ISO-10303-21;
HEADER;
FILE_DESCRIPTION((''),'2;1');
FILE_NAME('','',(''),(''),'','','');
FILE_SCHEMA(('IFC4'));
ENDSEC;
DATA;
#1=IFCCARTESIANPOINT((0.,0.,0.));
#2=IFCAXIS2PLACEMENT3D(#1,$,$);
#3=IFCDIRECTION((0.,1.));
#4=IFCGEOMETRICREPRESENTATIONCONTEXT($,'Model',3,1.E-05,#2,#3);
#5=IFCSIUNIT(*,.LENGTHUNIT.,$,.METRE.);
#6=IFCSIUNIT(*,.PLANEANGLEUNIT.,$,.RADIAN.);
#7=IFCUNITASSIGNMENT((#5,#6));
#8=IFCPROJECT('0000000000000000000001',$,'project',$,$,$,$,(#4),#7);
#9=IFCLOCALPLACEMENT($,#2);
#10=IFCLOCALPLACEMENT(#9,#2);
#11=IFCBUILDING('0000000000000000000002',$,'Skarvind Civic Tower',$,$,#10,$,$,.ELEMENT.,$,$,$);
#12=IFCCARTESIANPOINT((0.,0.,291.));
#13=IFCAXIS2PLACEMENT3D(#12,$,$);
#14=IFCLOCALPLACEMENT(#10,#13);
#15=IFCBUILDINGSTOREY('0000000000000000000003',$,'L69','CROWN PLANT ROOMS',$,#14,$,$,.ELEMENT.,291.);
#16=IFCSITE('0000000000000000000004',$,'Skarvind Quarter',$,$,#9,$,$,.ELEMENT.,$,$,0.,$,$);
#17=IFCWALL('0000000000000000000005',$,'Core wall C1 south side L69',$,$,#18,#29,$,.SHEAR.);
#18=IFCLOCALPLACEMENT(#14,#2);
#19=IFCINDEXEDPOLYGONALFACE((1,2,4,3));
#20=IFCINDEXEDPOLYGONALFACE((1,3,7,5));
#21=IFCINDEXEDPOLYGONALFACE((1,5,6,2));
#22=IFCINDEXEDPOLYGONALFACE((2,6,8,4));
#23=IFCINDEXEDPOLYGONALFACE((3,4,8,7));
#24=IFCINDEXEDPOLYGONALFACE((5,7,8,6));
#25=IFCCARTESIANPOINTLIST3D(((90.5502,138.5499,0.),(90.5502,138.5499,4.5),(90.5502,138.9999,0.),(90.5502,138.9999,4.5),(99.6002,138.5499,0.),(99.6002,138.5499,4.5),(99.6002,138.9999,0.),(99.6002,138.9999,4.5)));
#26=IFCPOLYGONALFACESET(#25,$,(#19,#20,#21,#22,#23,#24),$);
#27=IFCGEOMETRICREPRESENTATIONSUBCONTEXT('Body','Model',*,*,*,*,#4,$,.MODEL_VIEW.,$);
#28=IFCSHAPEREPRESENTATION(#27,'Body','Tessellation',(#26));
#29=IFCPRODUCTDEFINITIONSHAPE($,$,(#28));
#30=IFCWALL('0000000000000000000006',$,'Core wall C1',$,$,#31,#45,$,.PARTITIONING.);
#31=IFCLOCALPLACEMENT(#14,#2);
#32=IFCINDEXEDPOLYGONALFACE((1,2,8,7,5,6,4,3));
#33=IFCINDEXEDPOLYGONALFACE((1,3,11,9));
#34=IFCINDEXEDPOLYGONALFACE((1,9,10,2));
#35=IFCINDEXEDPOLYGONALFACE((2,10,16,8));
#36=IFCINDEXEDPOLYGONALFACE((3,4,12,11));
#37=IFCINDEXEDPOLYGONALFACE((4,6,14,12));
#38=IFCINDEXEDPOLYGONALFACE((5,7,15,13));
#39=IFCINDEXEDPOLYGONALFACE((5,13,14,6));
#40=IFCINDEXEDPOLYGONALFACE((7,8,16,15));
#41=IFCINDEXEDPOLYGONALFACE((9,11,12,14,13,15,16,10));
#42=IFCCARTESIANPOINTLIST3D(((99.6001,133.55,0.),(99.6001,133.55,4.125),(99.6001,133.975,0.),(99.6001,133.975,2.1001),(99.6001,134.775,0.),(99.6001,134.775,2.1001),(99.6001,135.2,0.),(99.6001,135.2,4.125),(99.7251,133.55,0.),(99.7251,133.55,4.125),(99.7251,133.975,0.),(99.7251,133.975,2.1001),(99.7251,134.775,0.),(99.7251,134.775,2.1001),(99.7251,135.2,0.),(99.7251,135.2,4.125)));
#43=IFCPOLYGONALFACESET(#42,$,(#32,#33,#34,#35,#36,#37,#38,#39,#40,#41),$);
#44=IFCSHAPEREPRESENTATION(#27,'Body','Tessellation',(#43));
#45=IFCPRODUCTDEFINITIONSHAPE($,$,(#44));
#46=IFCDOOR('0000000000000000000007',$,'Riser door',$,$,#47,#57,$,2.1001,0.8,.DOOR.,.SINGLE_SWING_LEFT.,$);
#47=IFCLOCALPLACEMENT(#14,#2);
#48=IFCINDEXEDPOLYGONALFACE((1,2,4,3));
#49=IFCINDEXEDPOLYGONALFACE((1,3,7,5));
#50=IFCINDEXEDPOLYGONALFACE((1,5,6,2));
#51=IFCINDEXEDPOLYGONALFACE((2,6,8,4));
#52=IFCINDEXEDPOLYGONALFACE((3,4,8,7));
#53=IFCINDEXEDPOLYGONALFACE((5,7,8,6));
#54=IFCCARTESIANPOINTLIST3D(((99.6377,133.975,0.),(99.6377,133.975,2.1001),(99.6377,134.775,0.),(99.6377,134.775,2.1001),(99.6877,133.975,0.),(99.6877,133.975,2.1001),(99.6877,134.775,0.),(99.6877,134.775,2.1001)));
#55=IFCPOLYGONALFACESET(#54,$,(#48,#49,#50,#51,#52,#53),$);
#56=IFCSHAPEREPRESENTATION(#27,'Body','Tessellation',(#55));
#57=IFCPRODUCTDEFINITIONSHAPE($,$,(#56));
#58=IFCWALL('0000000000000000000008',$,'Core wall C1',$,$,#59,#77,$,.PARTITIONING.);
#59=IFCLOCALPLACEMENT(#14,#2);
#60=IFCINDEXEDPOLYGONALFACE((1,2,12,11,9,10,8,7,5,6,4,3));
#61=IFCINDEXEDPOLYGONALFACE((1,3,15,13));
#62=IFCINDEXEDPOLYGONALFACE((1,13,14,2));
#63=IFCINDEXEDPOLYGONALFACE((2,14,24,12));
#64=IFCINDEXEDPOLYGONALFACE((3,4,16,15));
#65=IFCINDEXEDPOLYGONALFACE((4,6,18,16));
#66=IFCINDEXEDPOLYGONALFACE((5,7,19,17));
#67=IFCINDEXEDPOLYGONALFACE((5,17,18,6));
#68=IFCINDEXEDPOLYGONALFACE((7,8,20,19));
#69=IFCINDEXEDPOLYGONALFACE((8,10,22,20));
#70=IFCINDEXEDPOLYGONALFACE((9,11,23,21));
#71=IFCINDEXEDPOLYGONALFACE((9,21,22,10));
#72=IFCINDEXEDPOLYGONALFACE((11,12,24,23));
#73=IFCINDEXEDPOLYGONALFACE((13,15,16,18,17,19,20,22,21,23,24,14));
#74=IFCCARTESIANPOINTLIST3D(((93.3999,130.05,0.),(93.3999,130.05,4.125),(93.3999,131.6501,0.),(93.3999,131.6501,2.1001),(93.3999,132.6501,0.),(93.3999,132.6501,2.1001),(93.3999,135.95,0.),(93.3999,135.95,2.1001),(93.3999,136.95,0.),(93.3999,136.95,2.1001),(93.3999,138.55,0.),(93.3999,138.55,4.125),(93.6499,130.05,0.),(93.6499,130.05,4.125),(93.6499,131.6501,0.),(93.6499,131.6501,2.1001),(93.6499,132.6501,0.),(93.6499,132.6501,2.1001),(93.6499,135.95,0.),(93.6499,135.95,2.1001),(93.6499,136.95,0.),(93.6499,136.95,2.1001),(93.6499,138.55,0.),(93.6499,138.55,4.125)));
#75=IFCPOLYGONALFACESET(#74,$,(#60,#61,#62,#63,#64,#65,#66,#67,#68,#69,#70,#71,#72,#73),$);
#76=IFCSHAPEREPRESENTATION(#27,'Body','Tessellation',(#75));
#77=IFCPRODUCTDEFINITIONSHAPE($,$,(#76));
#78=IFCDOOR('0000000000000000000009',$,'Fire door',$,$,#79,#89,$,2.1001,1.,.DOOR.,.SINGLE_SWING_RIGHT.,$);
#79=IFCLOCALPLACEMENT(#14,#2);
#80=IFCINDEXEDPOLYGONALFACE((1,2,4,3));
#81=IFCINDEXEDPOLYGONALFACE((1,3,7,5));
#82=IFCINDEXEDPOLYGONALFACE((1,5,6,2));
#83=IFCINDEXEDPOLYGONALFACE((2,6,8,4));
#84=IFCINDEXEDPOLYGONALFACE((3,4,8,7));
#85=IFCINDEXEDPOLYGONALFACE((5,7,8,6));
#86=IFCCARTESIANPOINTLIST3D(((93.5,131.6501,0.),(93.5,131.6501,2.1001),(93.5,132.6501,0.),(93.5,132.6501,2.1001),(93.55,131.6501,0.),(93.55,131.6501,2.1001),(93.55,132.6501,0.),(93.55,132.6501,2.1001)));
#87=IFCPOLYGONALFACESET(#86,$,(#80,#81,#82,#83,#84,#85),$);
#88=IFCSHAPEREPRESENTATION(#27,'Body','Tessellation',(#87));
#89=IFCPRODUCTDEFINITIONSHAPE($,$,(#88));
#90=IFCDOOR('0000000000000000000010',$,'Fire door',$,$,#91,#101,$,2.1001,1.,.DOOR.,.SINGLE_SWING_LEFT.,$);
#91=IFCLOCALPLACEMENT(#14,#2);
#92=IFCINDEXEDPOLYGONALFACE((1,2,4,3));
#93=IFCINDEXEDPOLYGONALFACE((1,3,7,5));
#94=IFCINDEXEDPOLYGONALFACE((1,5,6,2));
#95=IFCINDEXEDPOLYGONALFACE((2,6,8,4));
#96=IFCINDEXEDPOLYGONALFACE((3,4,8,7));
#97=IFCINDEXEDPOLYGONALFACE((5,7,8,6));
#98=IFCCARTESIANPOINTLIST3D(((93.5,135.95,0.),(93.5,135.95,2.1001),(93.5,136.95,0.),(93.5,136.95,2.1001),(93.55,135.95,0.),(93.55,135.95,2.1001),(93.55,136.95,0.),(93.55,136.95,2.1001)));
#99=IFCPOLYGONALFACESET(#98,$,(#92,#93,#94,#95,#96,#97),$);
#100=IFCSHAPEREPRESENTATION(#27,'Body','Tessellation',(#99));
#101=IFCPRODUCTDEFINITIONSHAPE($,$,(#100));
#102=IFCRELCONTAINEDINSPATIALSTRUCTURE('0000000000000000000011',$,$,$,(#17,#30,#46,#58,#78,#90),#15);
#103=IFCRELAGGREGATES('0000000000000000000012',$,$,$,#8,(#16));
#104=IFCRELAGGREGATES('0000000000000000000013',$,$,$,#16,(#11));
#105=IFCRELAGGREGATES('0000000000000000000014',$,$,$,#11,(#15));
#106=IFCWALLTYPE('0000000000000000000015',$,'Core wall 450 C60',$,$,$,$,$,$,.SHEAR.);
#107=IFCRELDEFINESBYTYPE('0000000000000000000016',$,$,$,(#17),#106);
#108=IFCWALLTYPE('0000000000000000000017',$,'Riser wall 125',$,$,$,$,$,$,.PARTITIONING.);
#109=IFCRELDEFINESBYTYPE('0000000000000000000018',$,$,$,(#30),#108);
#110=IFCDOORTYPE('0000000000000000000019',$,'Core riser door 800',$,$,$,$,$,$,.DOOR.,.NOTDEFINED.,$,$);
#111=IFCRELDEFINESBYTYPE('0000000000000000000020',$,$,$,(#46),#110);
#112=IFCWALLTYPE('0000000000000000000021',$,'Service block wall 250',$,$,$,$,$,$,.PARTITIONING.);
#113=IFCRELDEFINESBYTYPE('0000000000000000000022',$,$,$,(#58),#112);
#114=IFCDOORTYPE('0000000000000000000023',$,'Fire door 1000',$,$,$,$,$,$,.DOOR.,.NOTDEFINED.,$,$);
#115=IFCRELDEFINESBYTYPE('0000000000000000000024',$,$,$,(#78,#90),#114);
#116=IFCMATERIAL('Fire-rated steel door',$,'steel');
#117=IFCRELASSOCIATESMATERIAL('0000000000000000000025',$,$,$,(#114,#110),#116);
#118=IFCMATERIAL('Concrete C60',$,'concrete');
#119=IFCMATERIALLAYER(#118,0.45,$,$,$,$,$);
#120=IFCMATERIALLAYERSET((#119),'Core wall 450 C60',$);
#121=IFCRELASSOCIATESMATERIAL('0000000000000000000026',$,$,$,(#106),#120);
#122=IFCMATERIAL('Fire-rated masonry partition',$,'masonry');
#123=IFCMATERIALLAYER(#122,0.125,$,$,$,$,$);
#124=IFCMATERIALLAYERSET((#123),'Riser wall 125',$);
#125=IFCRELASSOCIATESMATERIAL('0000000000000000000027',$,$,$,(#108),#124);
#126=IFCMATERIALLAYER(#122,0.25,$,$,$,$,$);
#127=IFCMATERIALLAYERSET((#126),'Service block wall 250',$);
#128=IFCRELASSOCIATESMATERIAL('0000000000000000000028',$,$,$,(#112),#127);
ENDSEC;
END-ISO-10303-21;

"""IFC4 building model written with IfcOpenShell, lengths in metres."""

from ifc_helpers import new_model, si_unit, direction, frame, frame_2d, origin, place, context, subcontext, project, spatial, rectangle, extrude, material, layer, layer_set, type_object, element, fill, save


model = new_model("IFC4")

# Units and contexts
model_context = context("Model", 3, precision=1e-05, world=origin(), true_north=direction((0.0, 1.0)))
body_context = subcontext(model_context, "Body", "Model", "MODEL_VIEW")
ifc_project = project(units=[si_unit("LENGTHUNIT", "METRE"), si_unit("PLANEANGLEUNIT", "RADIAN")], contexts=[model_context])

# Site, building, storey
site_placement = place(None, origin())
site = spatial("IfcSite", under=ifc_project, at=site_placement, Name="Skarvind Quarter", CompositionType="ELEMENT", RefElevation=0.0)
building_placement = place(site_placement, origin())
building = spatial("IfcBuilding", under=site, at=building_placement, Name="Skarvind Civic Tower", CompositionType="ELEMENT")
storey_placement = place(building_placement, frame((0.0, 0.0, 291.0)))
storey = spatial("IfcBuildingStorey", under=building, at=storey_placement, Name="L69", Description="CROWN PLANT ROOMS", CompositionType="ELEMENT", Elevation=291.0)

# Shared definitions
ifc_material_1 = material(Name="Concrete C60", Category="concrete")

# Shared definitions
ifc_material_2 = material(Name="Fire-rated masonry partition", Category="masonry")
ifc_material_3 = material(Name="Fire-rated steel door", Category="steel")

# Shared definitions
door_type_1 = type_object("IfcDoorType", Name="Fire door 1000", OperationType="NOTDEFINED", PredefinedType="DOOR", material=ifc_material_3)

# Wall
ifc_layer_1 = layer(ifc_material_1, 0.45)
ifc_layer_set_1 = layer_set([ifc_layer_1], Name="Core wall 450 C60")
wall_type_1 = type_object("IfcWallType", Name="Core wall 450 C60", PredefinedType="SHEAR", material=ifc_layer_set_1)
wall_1_placement = place(storey_placement, frame((99.6001, 138.7749, 0.0), z_axis=(0.0, 0.0, 1.0), x_axis=(-1.0, 0.0, 0.0)))
element("IfcWall", 1, at=wall_1_placement, inside=storey, type_object=wall_type_1, Name="Core wall C1 south side L69", PredefinedType="SHEAR", context=body_context, shape_type="SweptSolid", body=[
    extrude(rectangle(XDim=9.05, YDim=0.45, at=frame_2d((4.5249, 0.0))), origin(), (0.0, 0.0, 1.0), 4.5),
])

# Wall, opening, door
ifc_layer_2 = layer(ifc_material_2, 0.125)
ifc_layer_set_2 = layer_set([ifc_layer_2], Name="Riser wall 125")
wall_type_2 = type_object("IfcWallType", Name="Riser wall 125", PredefinedType="PARTITIONING", material=ifc_layer_set_2)
wall_2_placement = place(storey_placement, frame((99.6626, 133.55, 0.0), z_axis=(0.0, 0.0, 1.0), x_axis=(0.0, 1.0, 0.0)))
wall_2 = element("IfcWall", 2, at=wall_2_placement, inside=storey, type_object=wall_type_2, Name="Core wall C1", PredefinedType="PARTITIONING", context=body_context, shape_type="SweptSolid", body=[
    extrude(rectangle(XDim=1.6499, YDim=0.125, at=frame_2d((0.825, 0.0))), origin(), (0.0, 0.0, 1.0), 4.125),
])
opening_1_placement = place(wall_2_placement, frame((0.425, 0.0, 0.0)))
opening_1 = element("IfcOpeningElement", 3, at=opening_1_placement, cuts=wall_2, PredefinedType="OPENING", context=body_context, shape_type="SweptSolid", body=[
    extrude(rectangle(XDim=0.8, YDim=2.1001, at=frame_2d((0.3999, 1.05))), frame((0.0, 0.0725, 0.0), z_axis=(0.0, -1.0, 0.0), x_axis=(1.0, 0.0, 0.0)), (0.0, 0.0, 1.0), 0.145),
])
door_type_2 = type_object("IfcDoorType", Name="Core riser door 800", OperationType="NOTDEFINED", PredefinedType="DOOR", material=ifc_material_3)
door_1_placement = place(opening_1_placement, origin())
door_1 = element("IfcDoor", 4, at=door_1_placement, inside=storey, type_object=door_type_2, Name="Riser door", OperationType="SINGLE_SWING_LEFT", OverallHeight=2.1001, OverallWidth=0.8, PredefinedType="DOOR", context=body_context, shape_type="SweptSolid", body=[
    extrude(rectangle(XDim=0.8, YDim=2.1001, at=frame_2d((0.3999, 1.05))), frame((0.0, 0.0249, 0.0), z_axis=(0.0, -1.0, 0.0), x_axis=(1.0, 0.0, 0.0)), (0.0, 0.0, 1.0), 0.05),
])
fill(opening_1, door_1)

# Wall, openings, doors
ifc_layer_3 = layer(ifc_material_2, 0.25)
ifc_layer_set_3 = layer_set([ifc_layer_3], Name="Service block wall 250")
wall_type_3 = type_object("IfcWallType", Name="Service block wall 250", PredefinedType="PARTITIONING", material=ifc_layer_set_3)
wall_3_placement = place(storey_placement, frame((93.5249, 130.05, 0.0), z_axis=(0.0, 0.0, 1.0), x_axis=(0.0, 1.0, 0.0)))
wall_3 = element("IfcWall", 5, at=wall_3_placement, inside=storey, type_object=wall_type_3, Name="Core wall C1", PredefinedType="PARTITIONING", context=body_context, shape_type="SweptSolid", body=[
    extrude(rectangle(XDim=8.5, YDim=0.25, at=frame_2d((4.25, 0.0))), origin(), (0.0, 0.0, 1.0), 4.125),
])
opening_2_placement = place(wall_3_placement, frame((1.6001, 0.0, 0.0)))
opening_2 = element("IfcOpeningElement", 6, at=opening_2_placement, cuts=wall_3, PredefinedType="OPENING", context=body_context, shape_type="SweptSolid", body=[
    extrude(rectangle(XDim=1.0, YDim=2.1001, at=frame_2d((0.5, 1.05))), frame((0.0, 0.135, 0.0), z_axis=(0.0, -1.0, 0.0), x_axis=(1.0, 0.0, 0.0)), (0.0, 0.0, 1.0), 0.27),
])
opening_3_placement = place(wall_3_placement, frame((5.8999, 0.0, 0.0)))
opening_3 = element("IfcOpeningElement", 7, at=opening_3_placement, cuts=wall_3, PredefinedType="OPENING", context=body_context, shape_type="SweptSolid", body=[
    extrude(rectangle(XDim=1.0, YDim=2.1001, at=frame_2d((0.5, 1.05))), frame((0.0, 0.135, 0.0), z_axis=(0.0, -1.0, 0.0), x_axis=(1.0, 0.0, 0.0)), (0.0, 0.0, 1.0), 0.27),
])
door_2_placement = place(opening_2_placement, origin())
door_2 = element("IfcDoor", 8, at=door_2_placement, inside=storey, type_object=door_type_1, Name="Fire door", OperationType="SINGLE_SWING_RIGHT", OverallHeight=2.1001, OverallWidth=1.0, PredefinedType="DOOR", context=body_context, shape_type="SweptSolid", body=[
    extrude(rectangle(XDim=1.0, YDim=2.1001, at=frame_2d((0.5, 1.05))), frame((0.0, 0.0249, 0.0), z_axis=(0.0, -1.0, 0.0), x_axis=(1.0, 0.0, 0.0)), (0.0, 0.0, 1.0), 0.05),
])
fill(opening_2, door_2)
door_3_placement = place(opening_3_placement, origin())
door_3 = element("IfcDoor", 9, at=door_3_placement, inside=storey, type_object=door_type_1, Name="Fire door", OperationType="SINGLE_SWING_LEFT", OverallHeight=2.1001, OverallWidth=1.0, PredefinedType="DOOR", context=body_context, shape_type="SweptSolid", body=[
    extrude(rectangle(XDim=1.0, YDim=2.1001, at=frame_2d((0.5, 1.05))), frame((0.0, 0.0249, 0.0), z_axis=(0.0, -1.0, 0.0), x_axis=(1.0, 0.0, 0.0)), (0.0, 0.0, 1.0), 0.05),
])
fill(opening_3, door_3)

save(model, "model.ifc")
